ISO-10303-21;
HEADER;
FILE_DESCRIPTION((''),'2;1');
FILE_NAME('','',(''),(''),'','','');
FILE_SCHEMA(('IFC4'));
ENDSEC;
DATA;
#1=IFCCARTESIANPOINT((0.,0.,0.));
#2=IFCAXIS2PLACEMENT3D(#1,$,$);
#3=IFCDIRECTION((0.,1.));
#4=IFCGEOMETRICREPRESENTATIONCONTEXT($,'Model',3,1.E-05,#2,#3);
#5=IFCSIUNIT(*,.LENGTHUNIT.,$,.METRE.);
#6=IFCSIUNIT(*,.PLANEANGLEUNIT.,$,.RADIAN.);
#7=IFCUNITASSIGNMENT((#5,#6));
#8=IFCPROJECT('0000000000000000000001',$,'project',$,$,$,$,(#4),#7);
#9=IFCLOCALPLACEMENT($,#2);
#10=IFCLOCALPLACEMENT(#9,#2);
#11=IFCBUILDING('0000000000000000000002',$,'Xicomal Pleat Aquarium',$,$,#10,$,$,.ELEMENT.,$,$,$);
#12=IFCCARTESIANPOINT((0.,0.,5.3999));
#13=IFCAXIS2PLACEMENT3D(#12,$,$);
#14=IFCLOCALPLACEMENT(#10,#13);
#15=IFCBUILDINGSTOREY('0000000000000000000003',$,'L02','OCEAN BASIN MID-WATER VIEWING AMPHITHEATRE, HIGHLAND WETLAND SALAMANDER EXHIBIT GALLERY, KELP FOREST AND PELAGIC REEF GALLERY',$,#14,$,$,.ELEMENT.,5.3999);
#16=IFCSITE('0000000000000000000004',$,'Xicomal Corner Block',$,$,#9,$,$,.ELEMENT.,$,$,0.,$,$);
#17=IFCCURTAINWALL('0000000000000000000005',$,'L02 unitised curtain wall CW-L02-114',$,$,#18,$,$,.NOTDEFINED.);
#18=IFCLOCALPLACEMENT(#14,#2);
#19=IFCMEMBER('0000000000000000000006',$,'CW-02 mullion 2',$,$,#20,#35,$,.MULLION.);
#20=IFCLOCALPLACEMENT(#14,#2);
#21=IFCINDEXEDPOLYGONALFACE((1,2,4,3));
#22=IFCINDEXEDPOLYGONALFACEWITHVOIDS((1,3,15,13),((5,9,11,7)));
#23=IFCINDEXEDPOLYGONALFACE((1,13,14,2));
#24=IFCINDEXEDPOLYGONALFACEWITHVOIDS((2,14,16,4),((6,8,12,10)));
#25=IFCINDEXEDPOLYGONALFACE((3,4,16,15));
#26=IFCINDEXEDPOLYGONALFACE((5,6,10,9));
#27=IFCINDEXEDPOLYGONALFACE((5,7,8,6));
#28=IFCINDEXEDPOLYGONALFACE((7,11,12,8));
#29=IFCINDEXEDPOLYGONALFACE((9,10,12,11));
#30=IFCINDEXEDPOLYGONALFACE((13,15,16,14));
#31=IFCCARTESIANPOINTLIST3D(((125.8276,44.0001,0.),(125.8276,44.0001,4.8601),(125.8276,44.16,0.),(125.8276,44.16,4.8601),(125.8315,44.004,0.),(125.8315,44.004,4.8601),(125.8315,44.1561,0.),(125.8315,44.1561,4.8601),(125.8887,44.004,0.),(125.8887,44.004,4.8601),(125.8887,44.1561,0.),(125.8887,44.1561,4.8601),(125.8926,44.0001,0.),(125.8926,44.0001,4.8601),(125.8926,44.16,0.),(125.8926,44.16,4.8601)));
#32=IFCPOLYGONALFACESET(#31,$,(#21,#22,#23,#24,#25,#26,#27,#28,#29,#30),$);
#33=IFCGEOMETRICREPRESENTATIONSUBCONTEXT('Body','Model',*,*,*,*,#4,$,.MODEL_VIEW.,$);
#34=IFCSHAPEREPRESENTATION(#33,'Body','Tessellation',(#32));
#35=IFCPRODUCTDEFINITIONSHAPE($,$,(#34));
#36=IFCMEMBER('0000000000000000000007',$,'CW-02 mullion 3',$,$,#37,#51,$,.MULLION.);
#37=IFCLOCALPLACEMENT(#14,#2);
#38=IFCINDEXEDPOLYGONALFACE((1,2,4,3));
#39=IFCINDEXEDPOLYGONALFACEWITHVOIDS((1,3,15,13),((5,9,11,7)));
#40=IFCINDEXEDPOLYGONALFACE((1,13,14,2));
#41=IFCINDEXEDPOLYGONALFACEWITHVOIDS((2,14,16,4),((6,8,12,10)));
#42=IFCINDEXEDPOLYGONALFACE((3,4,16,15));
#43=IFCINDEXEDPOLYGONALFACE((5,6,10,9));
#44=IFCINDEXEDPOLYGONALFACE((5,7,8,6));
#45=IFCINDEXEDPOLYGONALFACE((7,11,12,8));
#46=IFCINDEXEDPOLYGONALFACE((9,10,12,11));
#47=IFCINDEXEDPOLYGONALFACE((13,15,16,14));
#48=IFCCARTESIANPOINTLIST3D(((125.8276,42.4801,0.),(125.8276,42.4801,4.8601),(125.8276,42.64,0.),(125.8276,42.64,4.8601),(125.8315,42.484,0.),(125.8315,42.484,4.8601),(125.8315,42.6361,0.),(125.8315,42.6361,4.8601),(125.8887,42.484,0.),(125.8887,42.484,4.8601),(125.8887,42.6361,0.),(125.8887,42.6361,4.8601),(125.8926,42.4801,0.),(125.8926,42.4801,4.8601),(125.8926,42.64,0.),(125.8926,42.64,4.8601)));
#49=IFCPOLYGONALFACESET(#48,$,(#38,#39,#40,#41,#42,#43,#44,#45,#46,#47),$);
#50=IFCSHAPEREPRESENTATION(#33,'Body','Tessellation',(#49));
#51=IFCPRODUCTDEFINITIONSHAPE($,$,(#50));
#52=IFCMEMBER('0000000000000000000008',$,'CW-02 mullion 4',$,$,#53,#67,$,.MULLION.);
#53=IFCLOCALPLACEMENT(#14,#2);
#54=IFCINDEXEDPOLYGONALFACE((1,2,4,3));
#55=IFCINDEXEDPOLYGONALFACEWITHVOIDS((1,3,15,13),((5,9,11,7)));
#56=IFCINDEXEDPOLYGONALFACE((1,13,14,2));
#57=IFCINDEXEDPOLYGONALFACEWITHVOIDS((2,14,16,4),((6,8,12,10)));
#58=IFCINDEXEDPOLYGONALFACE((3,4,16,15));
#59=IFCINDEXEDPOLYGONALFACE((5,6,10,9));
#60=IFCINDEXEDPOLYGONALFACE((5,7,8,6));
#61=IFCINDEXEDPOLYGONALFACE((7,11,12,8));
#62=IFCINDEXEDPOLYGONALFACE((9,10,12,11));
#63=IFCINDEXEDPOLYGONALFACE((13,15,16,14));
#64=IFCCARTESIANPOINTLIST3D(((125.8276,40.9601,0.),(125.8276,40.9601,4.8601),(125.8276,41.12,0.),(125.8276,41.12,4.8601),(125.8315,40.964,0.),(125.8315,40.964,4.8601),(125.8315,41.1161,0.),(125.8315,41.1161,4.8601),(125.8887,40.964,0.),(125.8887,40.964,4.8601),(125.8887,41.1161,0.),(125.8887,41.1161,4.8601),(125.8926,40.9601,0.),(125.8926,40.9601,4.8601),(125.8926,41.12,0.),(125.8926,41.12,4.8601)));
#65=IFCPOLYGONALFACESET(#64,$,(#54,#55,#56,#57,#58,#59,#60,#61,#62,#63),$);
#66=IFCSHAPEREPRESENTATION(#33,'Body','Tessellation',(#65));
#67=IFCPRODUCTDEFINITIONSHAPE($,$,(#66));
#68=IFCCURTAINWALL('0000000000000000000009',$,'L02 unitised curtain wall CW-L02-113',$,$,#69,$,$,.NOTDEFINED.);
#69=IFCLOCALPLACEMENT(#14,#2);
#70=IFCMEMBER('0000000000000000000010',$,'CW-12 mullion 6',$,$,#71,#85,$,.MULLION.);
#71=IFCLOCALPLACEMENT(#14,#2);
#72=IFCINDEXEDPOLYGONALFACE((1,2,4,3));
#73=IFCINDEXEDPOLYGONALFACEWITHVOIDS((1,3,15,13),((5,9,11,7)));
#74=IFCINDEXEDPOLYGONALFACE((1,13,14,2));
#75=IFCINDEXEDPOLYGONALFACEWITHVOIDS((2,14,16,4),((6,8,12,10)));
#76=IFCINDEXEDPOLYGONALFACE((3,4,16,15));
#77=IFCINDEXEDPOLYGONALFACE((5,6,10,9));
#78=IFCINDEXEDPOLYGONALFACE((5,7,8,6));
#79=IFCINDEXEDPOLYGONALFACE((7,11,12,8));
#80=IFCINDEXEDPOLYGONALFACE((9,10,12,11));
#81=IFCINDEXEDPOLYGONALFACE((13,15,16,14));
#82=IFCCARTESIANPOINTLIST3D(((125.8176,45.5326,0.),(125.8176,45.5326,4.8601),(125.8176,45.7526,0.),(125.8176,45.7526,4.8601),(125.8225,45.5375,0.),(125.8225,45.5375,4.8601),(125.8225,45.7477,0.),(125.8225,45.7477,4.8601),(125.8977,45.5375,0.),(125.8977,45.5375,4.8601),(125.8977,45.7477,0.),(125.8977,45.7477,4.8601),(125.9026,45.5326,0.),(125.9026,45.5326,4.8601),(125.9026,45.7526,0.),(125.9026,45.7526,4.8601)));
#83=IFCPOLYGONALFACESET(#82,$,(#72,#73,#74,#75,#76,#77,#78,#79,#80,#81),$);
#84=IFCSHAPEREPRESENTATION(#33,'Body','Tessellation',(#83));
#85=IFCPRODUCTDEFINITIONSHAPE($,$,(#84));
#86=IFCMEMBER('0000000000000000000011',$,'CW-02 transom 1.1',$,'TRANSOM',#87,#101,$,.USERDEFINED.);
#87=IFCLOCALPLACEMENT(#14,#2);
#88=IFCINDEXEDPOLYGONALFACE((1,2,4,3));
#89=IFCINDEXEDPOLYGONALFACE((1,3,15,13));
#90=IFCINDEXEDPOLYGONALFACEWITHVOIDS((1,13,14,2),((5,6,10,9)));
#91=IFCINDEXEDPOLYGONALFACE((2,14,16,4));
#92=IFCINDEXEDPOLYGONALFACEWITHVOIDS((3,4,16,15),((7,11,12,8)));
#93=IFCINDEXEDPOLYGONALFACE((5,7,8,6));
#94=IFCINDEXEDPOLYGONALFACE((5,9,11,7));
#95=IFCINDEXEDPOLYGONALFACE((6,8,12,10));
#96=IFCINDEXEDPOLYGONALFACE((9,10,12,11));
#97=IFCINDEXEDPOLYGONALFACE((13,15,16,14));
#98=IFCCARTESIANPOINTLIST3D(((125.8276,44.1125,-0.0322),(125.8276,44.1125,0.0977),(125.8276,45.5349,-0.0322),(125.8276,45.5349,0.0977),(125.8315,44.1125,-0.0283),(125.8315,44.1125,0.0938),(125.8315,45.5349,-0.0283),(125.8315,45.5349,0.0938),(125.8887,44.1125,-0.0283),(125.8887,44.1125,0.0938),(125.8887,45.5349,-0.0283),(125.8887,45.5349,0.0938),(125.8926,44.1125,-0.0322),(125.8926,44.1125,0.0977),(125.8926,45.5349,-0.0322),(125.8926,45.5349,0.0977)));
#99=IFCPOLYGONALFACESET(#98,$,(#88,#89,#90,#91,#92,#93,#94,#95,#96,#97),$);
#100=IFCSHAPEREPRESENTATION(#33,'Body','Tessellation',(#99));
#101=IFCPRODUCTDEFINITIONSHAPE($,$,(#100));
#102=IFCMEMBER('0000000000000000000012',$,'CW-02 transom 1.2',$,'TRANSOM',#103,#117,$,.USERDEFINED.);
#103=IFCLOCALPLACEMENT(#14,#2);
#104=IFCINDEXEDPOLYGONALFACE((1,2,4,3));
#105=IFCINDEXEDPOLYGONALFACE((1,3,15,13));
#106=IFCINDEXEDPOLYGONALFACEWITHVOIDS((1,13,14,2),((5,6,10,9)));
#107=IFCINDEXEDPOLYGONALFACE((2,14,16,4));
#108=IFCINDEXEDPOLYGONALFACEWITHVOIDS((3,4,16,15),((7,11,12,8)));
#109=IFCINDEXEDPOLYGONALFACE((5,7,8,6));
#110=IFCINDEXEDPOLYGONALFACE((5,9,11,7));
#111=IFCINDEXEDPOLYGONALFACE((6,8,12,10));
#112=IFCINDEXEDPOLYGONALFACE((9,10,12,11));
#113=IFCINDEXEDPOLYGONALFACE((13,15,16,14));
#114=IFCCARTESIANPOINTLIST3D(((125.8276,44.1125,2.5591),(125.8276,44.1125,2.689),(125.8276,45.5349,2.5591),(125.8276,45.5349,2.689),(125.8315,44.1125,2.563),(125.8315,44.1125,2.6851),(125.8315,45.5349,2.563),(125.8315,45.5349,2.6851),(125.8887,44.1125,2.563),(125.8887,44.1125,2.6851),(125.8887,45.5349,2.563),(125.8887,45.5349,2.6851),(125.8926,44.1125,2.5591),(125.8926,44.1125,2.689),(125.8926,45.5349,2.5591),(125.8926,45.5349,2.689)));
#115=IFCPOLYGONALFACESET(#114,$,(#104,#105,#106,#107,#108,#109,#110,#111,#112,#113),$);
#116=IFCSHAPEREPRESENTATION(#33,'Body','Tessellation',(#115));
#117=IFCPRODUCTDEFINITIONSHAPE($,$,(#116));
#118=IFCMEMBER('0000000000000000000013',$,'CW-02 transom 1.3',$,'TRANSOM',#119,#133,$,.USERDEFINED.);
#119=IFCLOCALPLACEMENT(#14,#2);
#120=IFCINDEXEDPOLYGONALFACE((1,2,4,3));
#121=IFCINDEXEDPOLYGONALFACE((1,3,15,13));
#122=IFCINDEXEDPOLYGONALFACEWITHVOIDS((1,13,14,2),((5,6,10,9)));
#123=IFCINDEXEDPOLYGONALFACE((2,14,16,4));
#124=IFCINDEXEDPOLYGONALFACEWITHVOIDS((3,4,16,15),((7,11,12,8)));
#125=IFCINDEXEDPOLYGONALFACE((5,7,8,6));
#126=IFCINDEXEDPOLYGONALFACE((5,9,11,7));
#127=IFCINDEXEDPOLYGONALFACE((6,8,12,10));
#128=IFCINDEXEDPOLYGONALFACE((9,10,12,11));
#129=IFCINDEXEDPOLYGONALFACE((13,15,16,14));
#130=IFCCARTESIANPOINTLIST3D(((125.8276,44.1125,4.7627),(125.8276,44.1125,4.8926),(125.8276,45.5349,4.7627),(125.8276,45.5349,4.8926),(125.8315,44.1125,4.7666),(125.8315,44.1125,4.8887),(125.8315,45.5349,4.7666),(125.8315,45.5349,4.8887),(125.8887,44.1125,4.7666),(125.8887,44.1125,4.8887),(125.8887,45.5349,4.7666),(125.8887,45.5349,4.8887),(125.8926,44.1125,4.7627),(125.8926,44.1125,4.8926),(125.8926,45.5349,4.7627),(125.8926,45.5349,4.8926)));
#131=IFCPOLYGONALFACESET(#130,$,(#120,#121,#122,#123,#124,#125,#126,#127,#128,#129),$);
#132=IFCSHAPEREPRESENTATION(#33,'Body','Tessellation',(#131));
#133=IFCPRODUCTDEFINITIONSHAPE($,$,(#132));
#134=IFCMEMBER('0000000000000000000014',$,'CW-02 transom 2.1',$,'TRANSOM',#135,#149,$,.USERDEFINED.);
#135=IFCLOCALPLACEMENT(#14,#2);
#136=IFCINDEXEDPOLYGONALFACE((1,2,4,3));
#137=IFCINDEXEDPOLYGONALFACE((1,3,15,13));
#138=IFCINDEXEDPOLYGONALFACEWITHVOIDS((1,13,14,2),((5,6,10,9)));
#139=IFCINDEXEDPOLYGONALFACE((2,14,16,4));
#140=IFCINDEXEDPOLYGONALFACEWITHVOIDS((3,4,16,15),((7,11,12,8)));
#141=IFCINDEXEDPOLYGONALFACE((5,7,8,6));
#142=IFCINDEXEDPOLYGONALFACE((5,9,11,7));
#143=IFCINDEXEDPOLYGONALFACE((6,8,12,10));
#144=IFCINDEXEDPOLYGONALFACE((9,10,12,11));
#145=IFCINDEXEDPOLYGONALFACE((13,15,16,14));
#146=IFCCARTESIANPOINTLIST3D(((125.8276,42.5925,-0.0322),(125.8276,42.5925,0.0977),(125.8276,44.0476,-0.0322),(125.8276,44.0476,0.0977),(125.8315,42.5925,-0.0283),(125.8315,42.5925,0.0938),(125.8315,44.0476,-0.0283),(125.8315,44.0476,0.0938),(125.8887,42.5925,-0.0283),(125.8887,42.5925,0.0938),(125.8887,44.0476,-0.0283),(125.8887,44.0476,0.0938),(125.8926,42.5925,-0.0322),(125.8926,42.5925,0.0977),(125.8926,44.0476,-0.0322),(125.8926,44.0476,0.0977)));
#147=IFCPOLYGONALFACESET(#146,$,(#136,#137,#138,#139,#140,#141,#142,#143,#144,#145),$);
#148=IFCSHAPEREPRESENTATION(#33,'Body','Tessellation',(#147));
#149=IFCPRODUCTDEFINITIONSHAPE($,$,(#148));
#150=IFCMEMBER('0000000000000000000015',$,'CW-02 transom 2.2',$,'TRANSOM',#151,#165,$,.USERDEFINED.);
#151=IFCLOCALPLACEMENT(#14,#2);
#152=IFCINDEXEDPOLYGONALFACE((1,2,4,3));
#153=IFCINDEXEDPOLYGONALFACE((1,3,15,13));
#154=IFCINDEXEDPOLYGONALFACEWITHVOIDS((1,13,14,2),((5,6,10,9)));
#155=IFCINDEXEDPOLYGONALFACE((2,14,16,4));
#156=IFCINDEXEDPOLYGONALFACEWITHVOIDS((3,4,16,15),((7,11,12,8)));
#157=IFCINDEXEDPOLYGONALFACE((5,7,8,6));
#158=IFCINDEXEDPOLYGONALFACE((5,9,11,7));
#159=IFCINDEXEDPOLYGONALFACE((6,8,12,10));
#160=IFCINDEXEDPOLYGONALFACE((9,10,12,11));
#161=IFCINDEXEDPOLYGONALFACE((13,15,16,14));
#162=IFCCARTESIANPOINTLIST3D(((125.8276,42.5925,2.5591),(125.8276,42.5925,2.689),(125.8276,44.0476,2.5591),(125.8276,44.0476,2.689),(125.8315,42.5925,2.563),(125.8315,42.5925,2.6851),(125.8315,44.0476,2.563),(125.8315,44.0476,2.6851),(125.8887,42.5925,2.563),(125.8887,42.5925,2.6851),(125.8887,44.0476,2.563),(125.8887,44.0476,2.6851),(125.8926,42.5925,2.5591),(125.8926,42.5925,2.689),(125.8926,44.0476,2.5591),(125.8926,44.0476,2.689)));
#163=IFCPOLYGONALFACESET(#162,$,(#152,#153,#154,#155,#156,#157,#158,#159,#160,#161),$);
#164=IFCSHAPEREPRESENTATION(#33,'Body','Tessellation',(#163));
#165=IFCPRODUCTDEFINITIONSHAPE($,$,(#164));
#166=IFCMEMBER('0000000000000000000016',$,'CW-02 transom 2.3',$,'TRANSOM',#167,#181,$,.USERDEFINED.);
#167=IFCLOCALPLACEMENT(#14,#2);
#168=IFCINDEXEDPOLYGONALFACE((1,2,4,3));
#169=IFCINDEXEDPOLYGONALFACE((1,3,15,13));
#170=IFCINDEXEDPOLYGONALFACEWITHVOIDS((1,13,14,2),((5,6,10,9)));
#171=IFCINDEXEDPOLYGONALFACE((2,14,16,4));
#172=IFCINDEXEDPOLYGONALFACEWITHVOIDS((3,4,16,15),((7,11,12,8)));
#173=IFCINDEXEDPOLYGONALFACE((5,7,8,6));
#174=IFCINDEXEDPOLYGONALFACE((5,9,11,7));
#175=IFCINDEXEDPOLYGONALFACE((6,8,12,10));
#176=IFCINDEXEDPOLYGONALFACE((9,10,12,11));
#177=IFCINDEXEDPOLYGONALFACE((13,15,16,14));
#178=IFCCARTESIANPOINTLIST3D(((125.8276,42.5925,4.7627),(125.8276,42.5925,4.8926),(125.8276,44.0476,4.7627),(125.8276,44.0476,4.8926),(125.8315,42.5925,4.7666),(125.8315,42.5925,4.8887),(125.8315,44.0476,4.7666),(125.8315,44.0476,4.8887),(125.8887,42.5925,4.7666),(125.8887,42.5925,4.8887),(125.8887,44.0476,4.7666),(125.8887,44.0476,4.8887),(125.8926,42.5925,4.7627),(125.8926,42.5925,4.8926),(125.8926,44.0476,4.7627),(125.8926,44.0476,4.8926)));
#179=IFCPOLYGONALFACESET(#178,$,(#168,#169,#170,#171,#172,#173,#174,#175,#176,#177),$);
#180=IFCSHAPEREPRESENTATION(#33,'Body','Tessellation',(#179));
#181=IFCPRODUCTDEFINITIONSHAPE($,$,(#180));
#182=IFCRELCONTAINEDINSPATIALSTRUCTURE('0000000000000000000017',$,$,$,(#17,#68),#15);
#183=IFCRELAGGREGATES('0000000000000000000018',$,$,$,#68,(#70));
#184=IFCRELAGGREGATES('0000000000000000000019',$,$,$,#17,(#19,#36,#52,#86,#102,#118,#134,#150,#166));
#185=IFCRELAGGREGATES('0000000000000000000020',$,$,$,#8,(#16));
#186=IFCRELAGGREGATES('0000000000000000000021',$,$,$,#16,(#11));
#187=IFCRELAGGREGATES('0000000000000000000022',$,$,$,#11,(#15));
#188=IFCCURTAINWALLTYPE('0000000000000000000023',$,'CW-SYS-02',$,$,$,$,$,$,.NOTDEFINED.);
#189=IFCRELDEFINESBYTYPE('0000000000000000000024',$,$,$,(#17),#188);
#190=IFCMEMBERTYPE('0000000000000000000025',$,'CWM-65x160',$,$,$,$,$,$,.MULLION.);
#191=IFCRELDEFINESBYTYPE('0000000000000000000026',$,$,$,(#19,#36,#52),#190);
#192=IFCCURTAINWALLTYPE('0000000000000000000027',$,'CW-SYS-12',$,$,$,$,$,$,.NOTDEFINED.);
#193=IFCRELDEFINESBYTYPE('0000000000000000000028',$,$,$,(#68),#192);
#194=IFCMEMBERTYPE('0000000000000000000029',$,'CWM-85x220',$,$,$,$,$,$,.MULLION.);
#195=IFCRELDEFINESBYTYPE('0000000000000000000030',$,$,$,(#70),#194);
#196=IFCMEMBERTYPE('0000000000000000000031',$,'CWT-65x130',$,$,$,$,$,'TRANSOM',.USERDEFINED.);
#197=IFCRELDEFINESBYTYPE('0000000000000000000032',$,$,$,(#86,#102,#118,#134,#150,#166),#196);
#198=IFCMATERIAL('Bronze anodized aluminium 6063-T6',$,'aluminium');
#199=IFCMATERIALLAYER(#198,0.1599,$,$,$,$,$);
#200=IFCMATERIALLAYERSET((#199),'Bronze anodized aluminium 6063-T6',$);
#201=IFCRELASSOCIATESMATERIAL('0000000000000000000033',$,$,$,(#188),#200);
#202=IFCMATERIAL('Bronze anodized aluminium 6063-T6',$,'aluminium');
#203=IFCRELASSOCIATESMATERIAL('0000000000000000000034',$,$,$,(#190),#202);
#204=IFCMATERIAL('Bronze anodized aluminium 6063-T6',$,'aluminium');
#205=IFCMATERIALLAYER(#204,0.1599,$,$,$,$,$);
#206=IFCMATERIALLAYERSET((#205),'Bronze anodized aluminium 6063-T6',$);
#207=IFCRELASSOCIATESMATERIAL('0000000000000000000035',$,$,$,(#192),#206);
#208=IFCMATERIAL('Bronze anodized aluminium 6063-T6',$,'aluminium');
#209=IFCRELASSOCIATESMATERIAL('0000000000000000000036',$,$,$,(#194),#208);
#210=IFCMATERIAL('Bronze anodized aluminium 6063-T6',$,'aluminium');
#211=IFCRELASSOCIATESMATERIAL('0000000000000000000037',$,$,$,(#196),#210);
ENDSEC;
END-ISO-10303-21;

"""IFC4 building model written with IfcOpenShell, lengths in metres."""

from ifc_helpers import new_model, si_unit, direction, frame, origin, origin_2d, place, context, subcontext, project, spatial, hollow_rectangle, extrude, material, layer, layer_set, material_profile, profile_set, type_object, element, aggregate, save


model = new_model("IFC4")

# Units and contexts
model_context = context("Model", 3, precision=1e-05, world=origin(), true_north=direction((0.0, 1.0)))
body_context = subcontext(model_context, "Body", "Model", "MODEL_VIEW")
ifc_project = project(units=[si_unit("LENGTHUNIT", "METRE"), si_unit("PLANEANGLEUNIT", "RADIAN")], contexts=[model_context])

# Site, building, storey
site_placement = place(None, origin())
site = spatial("IfcSite", under=ifc_project, at=site_placement, Name="Xicomal Corner Block", CompositionType="ELEMENT", RefElevation=0.0)
building_placement = place(site_placement, origin())
building = spatial("IfcBuilding", under=site, at=building_placement, Name="Xicomal Pleat Aquarium", CompositionType="ELEMENT")
storey_placement = place(building_placement, frame((0.0, 0.0, 5.3999)))
storey = spatial("IfcBuildingStorey", under=building, at=storey_placement, Name="L02", Description="OCEAN BASIN MID-WATER VIEWING AMPHITHEATRE, HIGHLAND WETLAND SALAMANDER EXHIBIT GALLERY, KELP FOREST AND PELAGIC REEF GALLERY", CompositionType="ELEMENT", Elevation=5.3999)

# Curtain wall, members
ifc_material_1 = material(Name="Bronze anodized aluminium 6063-T6", Category="aluminium")
ifc_layer_1 = layer(ifc_material_1, 0.1599)
ifc_layer_set_1 = layer_set([ifc_layer_1], Name="Bronze anodized aluminium 6063-T6")
curtain_wall_type_1 = type_object("IfcCurtainWallType", Name="CW-SYS-02", PredefinedType="NOTDEFINED", material=ifc_layer_set_1)
curtain_wall_1_placement = place(storey_placement, origin())
curtain_wall_1 = element("IfcCurtainWall", 1, at=curtain_wall_1_placement, inside=storey, type_object=curtain_wall_type_1, Name="L02 unitised curtain wall CW-L02-114", PredefinedType="NOTDEFINED")
ifc_material_2 = material(Name="Bronze anodized aluminium 6063-T6", Category="aluminium")
ifc_material_profile_1 = material_profile(ifc_material_2, hollow_rectangle(XDim=0.0649, YDim=0.1599, WallThickness=0.0039, at=origin_2d()), Name="ALU MULL 65x160")
ifc_profile_set_1 = profile_set([ifc_material_profile_1], Name="Bronze anodized aluminium 6063-T6")
member_type_1 = type_object("IfcMemberType", Name="CWM-65x160", PredefinedType="MULLION", material=ifc_profile_set_1)
member_1_placement = place(storey_placement, frame((125.8601, 44.0801, 0.0), z_axis=(0.0, 0.0, 1.0), x_axis=(1.0, 0.0, 0.0)))
member_1 = element("IfcMember", 2, at=member_1_placement, type_object=member_type_1, Name="CW-02 mullion 2", PredefinedType="MULLION", context=body_context, shape_type="SweptSolid", body=[
    extrude(hollow_rectangle(XDim=0.0649, YDim=0.1599, WallThickness=0.0039, at=origin_2d()), origin(), (0.0, 0.0, 1.0), 4.8601),
])
member_2_placement = place(storey_placement, frame((125.8601, 42.5601, 0.0), z_axis=(0.0, 0.0, 1.0), x_axis=(1.0, 0.0, 0.0)))
member_2 = element("IfcMember", 3, at=member_2_placement, type_object=member_type_1, Name="CW-02 mullion 3", PredefinedType="MULLION", context=body_context, shape_type="SweptSolid", body=[
    extrude(hollow_rectangle(XDim=0.0649, YDim=0.1599, WallThickness=0.0039, at=origin_2d()), origin(), (0.0, 0.0, 1.0), 4.8601),
])
member_3_placement = place(storey_placement, frame((125.8601, 41.04, 0.0), z_axis=(0.0, 0.0, 1.0), x_axis=(1.0, 0.0, 0.0)))
member_3 = element("IfcMember", 4, at=member_3_placement, type_object=member_type_1, Name="CW-02 mullion 4", PredefinedType="MULLION", context=body_context, shape_type="SweptSolid", body=[
    extrude(hollow_rectangle(XDim=0.0649, YDim=0.1599, WallThickness=0.0039, at=origin_2d()), origin(), (0.0, 0.0, 1.0), 4.8601),
])

# Curtain wall, member
ifc_material_3 = material(Name="Bronze anodized aluminium 6063-T6", Category="aluminium")
ifc_layer_2 = layer(ifc_material_3, 0.1599)
ifc_layer_set_2 = layer_set([ifc_layer_2], Name="Bronze anodized aluminium 6063-T6")
curtain_wall_type_2 = type_object("IfcCurtainWallType", Name="CW-SYS-12", PredefinedType="NOTDEFINED", material=ifc_layer_set_2)
curtain_wall_2_placement = place(storey_placement, origin())
curtain_wall_2 = element("IfcCurtainWall", 5, at=curtain_wall_2_placement, inside=storey, type_object=curtain_wall_type_2, Name="L02 unitised curtain wall CW-L02-113", PredefinedType="NOTDEFINED")
ifc_material_4 = material(Name="Bronze anodized aluminium 6063-T6", Category="aluminium")
ifc_material_profile_2 = material_profile(ifc_material_4, hollow_rectangle(XDim=0.085, YDim=0.22, WallThickness=0.0049, at=origin_2d()), Name="ALU MULL 85x220")
ifc_profile_set_2 = profile_set([ifc_material_profile_2], Name="Bronze anodized aluminium 6063-T6")
member_type_2 = type_object("IfcMemberType", Name="CWM-85x220", PredefinedType="MULLION", material=ifc_profile_set_2)
member_4_placement = place(storey_placement, frame((125.8601, 45.6426, 0.0), z_axis=(0.0, 0.0, 1.0), x_axis=(1.0, 0.0, 0.0)))
member_4 = element("IfcMember", 6, at=member_4_placement, type_object=member_type_2, Name="CW-12 mullion 6", PredefinedType="MULLION", context=body_context, shape_type="SweptSolid", body=[
    extrude(hollow_rectangle(XDim=0.085, YDim=0.22, WallThickness=0.0049, at=origin_2d()), origin(), (0.0, 0.0, 1.0), 4.8601),
])
aggregate(curtain_wall_2, [member_4])

# Members
ifc_material_5 = material(Name="Bronze anodized aluminium 6063-T6", Category="aluminium")
ifc_material_profile_3 = material_profile(ifc_material_5, hollow_rectangle(XDim=0.0649, YDim=0.1299, WallThickness=0.0039, at=origin_2d()), Name="ALU TRAN 65x130")
ifc_profile_set_3 = profile_set([ifc_material_profile_3], Name="Bronze anodized aluminium 6063-T6")
member_type_3 = type_object("IfcMemberType", Name="CWT-65x130", ElementType="TRANSOM", PredefinedType="USERDEFINED", material=ifc_profile_set_3)
member_5_placement = place(storey_placement, frame((125.8601, 45.5349, 0.0327), z_axis=(0.0, -1.0, 0.0), x_axis=(1.0, 0.0, 0.0)))
member_5 = element("IfcMember", 7, at=member_5_placement, type_object=member_type_3, Name="CW-02 transom 1.1", ObjectType="TRANSOM", PredefinedType="USERDEFINED", context=body_context, shape_type="SweptSolid", body=[
    extrude(hollow_rectangle(XDim=0.0649, YDim=0.1299, WallThickness=0.0039, at=origin_2d()), origin(), (0.0, 0.0, 1.0), 1.4224),
])
member_6_placement = place(storey_placement, frame((125.8601, 45.5349, 2.624), z_axis=(0.0, -1.0, 0.0), x_axis=(1.0, 0.0, 0.0)))
member_6 = element("IfcMember", 8, at=member_6_placement, type_object=member_type_3, Name="CW-02 transom 1.2", ObjectType="TRANSOM", PredefinedType="USERDEFINED", context=body_context, shape_type="SweptSolid", body=[
    extrude(hollow_rectangle(XDim=0.0649, YDim=0.1299, WallThickness=0.0039, at=origin_2d()), origin(), (0.0, 0.0, 1.0), 1.4224),
])
member_7_placement = place(storey_placement, frame((125.8601, 45.5349, 4.8276), z_axis=(0.0, -1.0, 0.0), x_axis=(1.0, 0.0, 0.0)))
member_7 = element("IfcMember", 9, at=member_7_placement, type_object=member_type_3, Name="CW-02 transom 1.3", ObjectType="TRANSOM", PredefinedType="USERDEFINED", context=body_context, shape_type="SweptSolid", body=[
    extrude(hollow_rectangle(XDim=0.0649, YDim=0.1299, WallThickness=0.0039, at=origin_2d()), origin(), (0.0, 0.0, 1.0), 1.4224),
])
member_8_placement = place(storey_placement, frame((125.8601, 44.0476, 0.0327), z_axis=(0.0, -1.0, 0.0), x_axis=(1.0, 0.0, 0.0)))
member_8 = element("IfcMember", 10, at=member_8_placement, type_object=member_type_3, Name="CW-02 transom 2.1", ObjectType="TRANSOM", PredefinedType="USERDEFINED", context=body_context, shape_type="SweptSolid", body=[
    extrude(hollow_rectangle(XDim=0.0649, YDim=0.1299, WallThickness=0.0039, at=origin_2d()), origin(), (0.0, 0.0, 1.0), 1.4551),
])
member_9_placement = place(storey_placement, frame((125.8601, 44.0476, 2.624), z_axis=(0.0, -1.0, 0.0), x_axis=(1.0, 0.0, 0.0)))
member_9 = element("IfcMember", 11, at=member_9_placement, type_object=member_type_3, Name="CW-02 transom 2.2", ObjectType="TRANSOM", PredefinedType="USERDEFINED", context=body_context, shape_type="SweptSolid", body=[
    extrude(hollow_rectangle(XDim=0.0649, YDim=0.1299, WallThickness=0.0039, at=origin_2d()), origin(), (0.0, 0.0, 1.0), 1.4551),
])
member_10_placement = place(storey_placement, frame((125.8601, 44.0476, 4.8276), z_axis=(0.0, -1.0, 0.0), x_axis=(1.0, 0.0, 0.0)))
member_10 = element("IfcMember", 12, at=member_10_placement, type_object=member_type_3, Name="CW-02 transom 2.3", ObjectType="TRANSOM", PredefinedType="USERDEFINED", context=body_context, shape_type="SweptSolid", body=[
    extrude(hollow_rectangle(XDim=0.0649, YDim=0.1299, WallThickness=0.0039, at=origin_2d()), origin(), (0.0, 0.0, 1.0), 1.4551),
])

aggregate(curtain_wall_1, [member_1, member_2, member_3, member_5, member_6, member_7, member_8, member_9, member_10])

save(model, "model.ifc")
